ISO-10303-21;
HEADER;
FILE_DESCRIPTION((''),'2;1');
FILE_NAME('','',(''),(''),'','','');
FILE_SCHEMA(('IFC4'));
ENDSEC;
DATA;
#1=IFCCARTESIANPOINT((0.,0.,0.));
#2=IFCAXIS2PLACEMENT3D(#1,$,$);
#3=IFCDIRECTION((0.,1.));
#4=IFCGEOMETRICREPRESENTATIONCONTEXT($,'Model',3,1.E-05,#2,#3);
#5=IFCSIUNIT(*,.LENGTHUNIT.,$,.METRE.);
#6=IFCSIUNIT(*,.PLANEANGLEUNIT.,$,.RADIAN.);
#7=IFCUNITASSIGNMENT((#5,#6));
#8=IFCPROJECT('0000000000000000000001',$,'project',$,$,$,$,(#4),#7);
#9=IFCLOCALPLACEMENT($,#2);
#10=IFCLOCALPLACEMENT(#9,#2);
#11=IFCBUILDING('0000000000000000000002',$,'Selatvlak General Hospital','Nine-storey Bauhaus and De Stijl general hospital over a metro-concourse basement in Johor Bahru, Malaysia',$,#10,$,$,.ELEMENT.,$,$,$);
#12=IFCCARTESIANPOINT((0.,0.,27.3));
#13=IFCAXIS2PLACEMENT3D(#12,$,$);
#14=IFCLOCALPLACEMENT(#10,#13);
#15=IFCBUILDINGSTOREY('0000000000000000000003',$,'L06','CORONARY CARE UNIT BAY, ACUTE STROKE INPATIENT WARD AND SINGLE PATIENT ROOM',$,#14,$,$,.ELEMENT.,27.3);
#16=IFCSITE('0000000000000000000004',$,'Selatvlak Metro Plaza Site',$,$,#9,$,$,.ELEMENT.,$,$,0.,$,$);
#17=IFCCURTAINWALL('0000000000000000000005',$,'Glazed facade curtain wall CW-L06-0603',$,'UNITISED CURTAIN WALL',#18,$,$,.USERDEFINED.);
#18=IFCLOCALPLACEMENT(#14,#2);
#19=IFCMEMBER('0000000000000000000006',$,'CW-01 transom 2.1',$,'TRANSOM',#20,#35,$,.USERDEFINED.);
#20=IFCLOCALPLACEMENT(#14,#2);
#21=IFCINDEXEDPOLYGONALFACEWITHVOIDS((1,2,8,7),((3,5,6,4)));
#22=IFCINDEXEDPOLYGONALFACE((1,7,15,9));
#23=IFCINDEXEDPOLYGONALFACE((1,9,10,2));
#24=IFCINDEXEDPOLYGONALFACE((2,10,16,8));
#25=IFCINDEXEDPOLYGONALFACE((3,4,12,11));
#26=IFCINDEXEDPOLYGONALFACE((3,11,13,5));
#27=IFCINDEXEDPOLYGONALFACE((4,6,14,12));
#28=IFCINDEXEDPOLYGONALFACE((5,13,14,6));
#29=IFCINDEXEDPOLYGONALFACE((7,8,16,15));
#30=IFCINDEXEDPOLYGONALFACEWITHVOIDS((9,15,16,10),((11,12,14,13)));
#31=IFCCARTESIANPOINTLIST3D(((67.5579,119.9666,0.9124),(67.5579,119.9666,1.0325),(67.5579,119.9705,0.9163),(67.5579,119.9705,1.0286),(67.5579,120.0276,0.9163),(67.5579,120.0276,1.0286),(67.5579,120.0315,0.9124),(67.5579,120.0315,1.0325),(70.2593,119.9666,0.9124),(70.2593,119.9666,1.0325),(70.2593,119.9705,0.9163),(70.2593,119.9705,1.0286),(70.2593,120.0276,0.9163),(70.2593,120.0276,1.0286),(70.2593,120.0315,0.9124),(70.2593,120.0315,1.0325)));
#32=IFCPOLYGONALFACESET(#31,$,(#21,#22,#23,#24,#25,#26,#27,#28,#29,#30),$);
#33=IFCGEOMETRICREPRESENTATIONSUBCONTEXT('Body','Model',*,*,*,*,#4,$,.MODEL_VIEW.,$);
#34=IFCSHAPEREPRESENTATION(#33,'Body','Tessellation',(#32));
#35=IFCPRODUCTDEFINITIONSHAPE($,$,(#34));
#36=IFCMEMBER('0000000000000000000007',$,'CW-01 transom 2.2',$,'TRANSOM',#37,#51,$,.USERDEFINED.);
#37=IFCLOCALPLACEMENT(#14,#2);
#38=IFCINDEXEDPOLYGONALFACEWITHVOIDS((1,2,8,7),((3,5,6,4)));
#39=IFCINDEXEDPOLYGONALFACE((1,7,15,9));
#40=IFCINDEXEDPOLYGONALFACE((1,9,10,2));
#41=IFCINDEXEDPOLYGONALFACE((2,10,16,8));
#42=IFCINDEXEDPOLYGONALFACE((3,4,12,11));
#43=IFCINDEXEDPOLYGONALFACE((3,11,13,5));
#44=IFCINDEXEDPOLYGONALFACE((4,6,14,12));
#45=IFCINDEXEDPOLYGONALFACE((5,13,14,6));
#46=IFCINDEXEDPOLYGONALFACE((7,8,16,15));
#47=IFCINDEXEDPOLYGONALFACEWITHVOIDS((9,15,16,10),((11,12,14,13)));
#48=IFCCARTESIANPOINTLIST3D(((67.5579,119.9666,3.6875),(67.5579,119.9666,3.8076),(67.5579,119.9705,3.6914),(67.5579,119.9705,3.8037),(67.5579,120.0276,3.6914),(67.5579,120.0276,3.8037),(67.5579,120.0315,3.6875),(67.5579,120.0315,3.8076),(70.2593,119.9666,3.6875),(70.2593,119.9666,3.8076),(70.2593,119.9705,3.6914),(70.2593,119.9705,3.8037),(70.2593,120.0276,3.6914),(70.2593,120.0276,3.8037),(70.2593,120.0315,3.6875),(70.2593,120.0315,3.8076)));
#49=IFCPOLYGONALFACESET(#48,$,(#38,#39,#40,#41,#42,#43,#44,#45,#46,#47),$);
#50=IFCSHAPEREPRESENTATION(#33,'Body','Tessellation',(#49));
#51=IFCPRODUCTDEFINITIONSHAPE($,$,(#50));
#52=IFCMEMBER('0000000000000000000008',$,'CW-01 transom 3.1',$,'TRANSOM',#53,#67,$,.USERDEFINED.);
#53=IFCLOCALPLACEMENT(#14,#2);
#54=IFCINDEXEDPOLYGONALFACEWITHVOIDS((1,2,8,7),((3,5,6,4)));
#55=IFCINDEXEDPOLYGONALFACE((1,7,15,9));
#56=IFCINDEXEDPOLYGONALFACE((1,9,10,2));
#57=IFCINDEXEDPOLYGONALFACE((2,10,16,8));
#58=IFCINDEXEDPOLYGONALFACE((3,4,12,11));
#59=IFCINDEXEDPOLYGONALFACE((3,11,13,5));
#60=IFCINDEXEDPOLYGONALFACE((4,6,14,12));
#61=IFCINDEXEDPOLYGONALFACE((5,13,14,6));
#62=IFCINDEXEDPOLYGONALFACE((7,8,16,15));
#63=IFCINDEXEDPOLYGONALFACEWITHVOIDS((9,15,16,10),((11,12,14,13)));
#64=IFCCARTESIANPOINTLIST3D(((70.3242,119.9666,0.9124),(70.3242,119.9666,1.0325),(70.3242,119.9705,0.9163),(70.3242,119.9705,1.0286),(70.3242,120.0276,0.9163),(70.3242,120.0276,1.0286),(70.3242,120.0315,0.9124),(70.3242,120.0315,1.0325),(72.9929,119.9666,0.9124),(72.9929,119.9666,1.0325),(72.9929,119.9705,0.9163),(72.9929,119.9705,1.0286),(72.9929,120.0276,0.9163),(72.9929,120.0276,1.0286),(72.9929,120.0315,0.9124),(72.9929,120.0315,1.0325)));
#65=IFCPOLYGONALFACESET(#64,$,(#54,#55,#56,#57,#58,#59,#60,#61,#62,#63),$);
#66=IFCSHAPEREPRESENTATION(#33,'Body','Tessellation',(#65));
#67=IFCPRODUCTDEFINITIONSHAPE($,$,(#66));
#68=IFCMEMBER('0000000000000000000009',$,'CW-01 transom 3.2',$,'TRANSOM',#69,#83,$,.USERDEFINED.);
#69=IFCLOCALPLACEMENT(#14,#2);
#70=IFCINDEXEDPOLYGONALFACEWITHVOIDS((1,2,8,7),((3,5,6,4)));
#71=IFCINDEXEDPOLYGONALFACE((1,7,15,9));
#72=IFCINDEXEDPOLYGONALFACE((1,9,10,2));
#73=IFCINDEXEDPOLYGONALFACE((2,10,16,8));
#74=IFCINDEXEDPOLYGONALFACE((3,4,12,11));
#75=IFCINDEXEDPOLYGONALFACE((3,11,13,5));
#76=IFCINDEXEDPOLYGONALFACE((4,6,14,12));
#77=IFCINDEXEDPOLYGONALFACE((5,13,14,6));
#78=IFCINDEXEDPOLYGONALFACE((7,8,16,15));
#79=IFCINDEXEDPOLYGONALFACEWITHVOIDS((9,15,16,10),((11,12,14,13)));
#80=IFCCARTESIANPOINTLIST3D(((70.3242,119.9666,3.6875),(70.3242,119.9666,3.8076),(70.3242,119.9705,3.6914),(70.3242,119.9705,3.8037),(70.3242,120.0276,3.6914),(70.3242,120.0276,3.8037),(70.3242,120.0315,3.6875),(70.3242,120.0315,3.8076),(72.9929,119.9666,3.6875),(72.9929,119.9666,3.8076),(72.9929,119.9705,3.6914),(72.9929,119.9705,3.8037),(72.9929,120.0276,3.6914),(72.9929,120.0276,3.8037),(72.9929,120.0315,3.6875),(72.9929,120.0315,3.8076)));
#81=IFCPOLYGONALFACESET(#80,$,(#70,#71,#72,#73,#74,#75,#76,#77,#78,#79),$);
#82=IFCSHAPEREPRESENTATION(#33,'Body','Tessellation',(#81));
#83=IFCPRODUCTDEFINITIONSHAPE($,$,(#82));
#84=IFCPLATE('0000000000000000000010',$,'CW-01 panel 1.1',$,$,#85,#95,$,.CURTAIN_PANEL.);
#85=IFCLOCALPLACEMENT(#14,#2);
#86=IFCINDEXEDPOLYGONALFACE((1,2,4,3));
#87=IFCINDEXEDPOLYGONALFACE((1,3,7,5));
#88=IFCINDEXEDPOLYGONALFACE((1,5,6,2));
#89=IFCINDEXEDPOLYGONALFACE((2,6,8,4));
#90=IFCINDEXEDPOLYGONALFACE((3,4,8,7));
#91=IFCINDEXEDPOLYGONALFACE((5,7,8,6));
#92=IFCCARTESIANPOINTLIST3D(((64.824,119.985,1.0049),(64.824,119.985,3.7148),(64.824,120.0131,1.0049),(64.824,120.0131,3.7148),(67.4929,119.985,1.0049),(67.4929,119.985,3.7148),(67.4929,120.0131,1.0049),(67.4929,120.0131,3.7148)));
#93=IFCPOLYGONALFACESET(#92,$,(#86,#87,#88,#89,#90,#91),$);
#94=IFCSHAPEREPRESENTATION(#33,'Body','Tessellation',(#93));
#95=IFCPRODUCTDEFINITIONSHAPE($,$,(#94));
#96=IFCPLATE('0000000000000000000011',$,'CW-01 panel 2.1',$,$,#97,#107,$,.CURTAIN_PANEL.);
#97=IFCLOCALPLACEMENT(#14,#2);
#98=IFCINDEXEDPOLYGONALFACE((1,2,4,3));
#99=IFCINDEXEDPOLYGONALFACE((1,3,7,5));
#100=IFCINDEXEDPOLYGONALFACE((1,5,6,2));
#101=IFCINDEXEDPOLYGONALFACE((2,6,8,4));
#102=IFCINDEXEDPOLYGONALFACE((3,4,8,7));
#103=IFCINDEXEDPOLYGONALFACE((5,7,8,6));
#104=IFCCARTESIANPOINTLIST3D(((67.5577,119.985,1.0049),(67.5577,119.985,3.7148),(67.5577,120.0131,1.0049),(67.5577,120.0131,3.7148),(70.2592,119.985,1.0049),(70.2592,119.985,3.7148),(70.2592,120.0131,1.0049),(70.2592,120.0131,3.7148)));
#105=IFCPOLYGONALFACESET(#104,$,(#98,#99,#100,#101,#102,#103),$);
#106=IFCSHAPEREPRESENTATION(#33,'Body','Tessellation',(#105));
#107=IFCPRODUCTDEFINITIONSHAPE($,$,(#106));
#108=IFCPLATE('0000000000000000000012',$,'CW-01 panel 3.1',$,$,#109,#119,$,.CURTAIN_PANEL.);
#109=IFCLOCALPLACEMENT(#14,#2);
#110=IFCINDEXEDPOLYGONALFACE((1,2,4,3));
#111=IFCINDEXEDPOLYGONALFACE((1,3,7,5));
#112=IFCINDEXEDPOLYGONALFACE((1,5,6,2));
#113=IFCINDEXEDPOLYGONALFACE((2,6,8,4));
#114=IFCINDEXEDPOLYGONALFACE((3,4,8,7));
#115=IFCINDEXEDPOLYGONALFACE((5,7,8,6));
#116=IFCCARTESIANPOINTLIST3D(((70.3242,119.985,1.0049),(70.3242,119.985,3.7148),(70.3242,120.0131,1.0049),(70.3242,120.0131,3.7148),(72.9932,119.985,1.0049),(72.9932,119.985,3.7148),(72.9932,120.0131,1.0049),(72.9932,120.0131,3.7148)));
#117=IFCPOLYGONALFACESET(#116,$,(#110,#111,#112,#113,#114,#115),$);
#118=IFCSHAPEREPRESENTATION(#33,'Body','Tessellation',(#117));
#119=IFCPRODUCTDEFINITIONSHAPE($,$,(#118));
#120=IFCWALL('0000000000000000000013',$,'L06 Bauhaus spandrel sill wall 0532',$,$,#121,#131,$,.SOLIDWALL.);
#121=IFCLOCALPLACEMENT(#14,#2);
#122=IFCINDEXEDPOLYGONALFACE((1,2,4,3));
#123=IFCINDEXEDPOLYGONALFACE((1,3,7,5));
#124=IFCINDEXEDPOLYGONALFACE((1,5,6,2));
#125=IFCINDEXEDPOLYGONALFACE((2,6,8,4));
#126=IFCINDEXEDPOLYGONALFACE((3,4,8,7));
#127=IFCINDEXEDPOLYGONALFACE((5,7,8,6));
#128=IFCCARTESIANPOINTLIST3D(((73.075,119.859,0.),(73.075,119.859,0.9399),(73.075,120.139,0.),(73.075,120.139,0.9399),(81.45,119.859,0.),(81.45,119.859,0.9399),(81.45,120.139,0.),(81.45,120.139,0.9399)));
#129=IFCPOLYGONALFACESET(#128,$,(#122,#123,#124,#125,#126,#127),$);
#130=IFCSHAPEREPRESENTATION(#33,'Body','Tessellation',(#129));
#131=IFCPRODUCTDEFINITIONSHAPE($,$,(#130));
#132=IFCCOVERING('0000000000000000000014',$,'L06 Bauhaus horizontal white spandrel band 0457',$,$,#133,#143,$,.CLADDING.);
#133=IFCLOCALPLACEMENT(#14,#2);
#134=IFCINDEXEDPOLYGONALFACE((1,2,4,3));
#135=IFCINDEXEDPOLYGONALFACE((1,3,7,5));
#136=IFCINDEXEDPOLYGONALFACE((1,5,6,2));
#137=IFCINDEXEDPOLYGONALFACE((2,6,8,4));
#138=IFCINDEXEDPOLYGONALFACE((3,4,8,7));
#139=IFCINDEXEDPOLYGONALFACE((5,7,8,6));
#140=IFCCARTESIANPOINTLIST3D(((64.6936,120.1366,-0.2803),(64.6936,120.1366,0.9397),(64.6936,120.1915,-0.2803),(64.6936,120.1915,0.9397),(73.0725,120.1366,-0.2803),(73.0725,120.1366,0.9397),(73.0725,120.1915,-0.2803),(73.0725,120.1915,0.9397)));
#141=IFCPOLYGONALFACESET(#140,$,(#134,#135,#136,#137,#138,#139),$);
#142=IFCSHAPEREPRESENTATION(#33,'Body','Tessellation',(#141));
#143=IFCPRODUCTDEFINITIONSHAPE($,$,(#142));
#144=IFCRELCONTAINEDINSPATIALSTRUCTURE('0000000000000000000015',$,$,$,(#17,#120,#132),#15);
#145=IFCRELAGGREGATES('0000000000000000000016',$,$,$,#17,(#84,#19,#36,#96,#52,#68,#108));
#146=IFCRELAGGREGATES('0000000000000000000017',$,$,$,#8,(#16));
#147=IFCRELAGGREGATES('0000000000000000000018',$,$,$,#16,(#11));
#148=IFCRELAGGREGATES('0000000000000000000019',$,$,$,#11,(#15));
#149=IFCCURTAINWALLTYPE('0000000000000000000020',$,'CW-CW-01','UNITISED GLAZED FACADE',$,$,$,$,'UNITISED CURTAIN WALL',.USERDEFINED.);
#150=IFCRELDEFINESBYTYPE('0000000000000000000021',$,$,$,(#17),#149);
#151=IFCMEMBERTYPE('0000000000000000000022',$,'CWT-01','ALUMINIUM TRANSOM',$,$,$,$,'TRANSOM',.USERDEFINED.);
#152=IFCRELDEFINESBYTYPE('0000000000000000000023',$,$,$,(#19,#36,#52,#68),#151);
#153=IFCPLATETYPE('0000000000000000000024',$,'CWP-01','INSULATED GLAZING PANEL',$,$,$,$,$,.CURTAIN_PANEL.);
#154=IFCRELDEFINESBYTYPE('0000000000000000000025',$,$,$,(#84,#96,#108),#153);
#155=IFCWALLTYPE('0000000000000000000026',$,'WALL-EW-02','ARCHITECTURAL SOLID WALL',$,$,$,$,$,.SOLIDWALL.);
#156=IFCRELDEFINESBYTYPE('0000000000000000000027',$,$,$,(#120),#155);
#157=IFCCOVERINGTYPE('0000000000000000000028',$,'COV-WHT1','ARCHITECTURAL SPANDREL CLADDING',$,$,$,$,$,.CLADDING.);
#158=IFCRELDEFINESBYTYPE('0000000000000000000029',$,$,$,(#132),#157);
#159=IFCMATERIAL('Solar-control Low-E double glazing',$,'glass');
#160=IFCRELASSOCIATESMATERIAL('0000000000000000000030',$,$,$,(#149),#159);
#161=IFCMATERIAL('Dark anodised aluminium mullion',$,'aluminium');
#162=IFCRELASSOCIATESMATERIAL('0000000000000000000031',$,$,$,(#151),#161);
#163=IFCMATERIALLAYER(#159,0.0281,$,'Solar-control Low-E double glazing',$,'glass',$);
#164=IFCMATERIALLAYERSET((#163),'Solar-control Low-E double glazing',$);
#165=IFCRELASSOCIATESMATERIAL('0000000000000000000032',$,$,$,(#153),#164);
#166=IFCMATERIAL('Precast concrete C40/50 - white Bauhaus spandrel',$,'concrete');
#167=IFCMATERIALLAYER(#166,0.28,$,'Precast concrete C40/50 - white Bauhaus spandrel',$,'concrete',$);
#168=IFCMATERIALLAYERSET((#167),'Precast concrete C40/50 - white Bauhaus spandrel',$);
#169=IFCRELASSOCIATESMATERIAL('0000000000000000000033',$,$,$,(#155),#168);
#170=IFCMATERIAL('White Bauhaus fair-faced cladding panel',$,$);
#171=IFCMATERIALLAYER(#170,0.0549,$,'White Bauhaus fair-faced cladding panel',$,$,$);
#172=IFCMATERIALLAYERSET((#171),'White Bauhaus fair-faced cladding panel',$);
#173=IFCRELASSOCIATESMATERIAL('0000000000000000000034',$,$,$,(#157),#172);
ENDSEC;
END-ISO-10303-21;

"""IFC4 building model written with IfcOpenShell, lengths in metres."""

from ifc_helpers import new_model, si_unit, direction, frame, frame_2d, origin, origin_2d, place, context, subcontext, project, spatial, rectangle, hollow_rectangle, extrude, material, layer, layer_set, material_profile, profile_set, type_object, element, aggregate, save


model = new_model("IFC4")

# Units and contexts
model_context = context("Model", 3, precision=1e-05, world=origin(), true_north=direction((0.0, 1.0)))
body_context = subcontext(model_context, "Body", "Model", "MODEL_VIEW")
ifc_project = project(units=[si_unit("LENGTHUNIT", "METRE"), si_unit("PLANEANGLEUNIT", "RADIAN")], contexts=[model_context])

# Site, building, storey
site_placement = place(None, origin())
site = spatial("IfcSite", under=ifc_project, at=site_placement, Name="Selatvlak Metro Plaza Site", CompositionType="ELEMENT", RefElevation=0.0)
building_placement = place(site_placement, origin())
building = spatial("IfcBuilding", under=site, at=building_placement, Name="Selatvlak General Hospital", Description="Nine-storey Bauhaus and De Stijl general hospital over a metro-concourse basement in Johor Bahru, Malaysia", CompositionType="ELEMENT")
storey_placement = place(building_placement, frame((0.0, 0.0, 27.3)))
storey = spatial("IfcBuildingStorey", under=building, at=storey_placement, Name="L06", Description="CORONARY CARE UNIT BAY, ACUTE STROKE INPATIENT WARD AND SINGLE PATIENT ROOM", CompositionType="ELEMENT", Elevation=27.3)

# Curtain wall
ifc_material_1 = material(Name="Solar-control Low-E double glazing", Category="glass")
curtain_wall_type_1 = type_object("IfcCurtainWallType", Name="CW-CW-01", Description="UNITISED GLAZED FACADE", ElementType="UNITISED CURTAIN WALL", PredefinedType="USERDEFINED", material=ifc_material_1)
curtain_wall_1_placement = place(storey_placement, origin())
curtain_wall_1 = element("IfcCurtainWall", 1, at=curtain_wall_1_placement, inside=storey, type_object=curtain_wall_type_1, Name="Glazed facade curtain wall CW-L06-0603", ObjectType="UNITISED CURTAIN WALL", PredefinedType="USERDEFINED")
ifc_material_2 = material(Name="Dark anodised aluminium mullion", Category="aluminium")

# Members
ifc_material_profile_1 = material_profile(ifc_material_2, hollow_rectangle(XDim=0.0649, YDim=0.1201, WallThickness=0.0039, at=origin_2d()), Name="AL-TRN 65x120x4")
ifc_profile_set_1 = profile_set([ifc_material_profile_1], Name="Dark anodised aluminium mullion")
member_type_1 = type_object("IfcMemberType", Name="CWT-01", Description="ALUMINIUM TRANSOM", ElementType="TRANSOM", PredefinedType="USERDEFINED", material=ifc_profile_set_1)
member_1_placement = place(storey_placement, frame((67.5579, 119.999, 0.9724), z_axis=(1.0, 0.0, 0.0), x_axis=(0.0, 1.0, 0.0)))
member_1 = element("IfcMember", 2, at=member_1_placement, type_object=member_type_1, Name="CW-01 transom 2.1", ObjectType="TRANSOM", PredefinedType="USERDEFINED", context=body_context, shape_type="SweptSolid", body=[
    extrude(hollow_rectangle(XDim=0.0649, YDim=0.1201, WallThickness=0.0039, at=origin_2d()), origin(), (0.0, 0.0, 1.0), 2.7014),
])
member_2_placement = place(storey_placement, frame((67.5579, 119.999, 3.7476), z_axis=(1.0, 0.0, 0.0), x_axis=(0.0, 1.0, 0.0)))
member_2 = element("IfcMember", 3, at=member_2_placement, type_object=member_type_1, Name="CW-01 transom 2.2", ObjectType="TRANSOM", PredefinedType="USERDEFINED", context=body_context, shape_type="SweptSolid", body=[
    extrude(hollow_rectangle(XDim=0.0649, YDim=0.1201, WallThickness=0.0039, at=origin_2d()), origin(), (0.0, 0.0, 1.0), 2.7014),
])
member_3_placement = place(storey_placement, frame((70.3242, 119.999, 0.9724), z_axis=(1.0, 0.0, 0.0), x_axis=(0.0, 1.0, 0.0)))
member_3 = element("IfcMember", 4, at=member_3_placement, type_object=member_type_1, Name="CW-01 transom 3.1", ObjectType="TRANSOM", PredefinedType="USERDEFINED", context=body_context, shape_type="SweptSolid", body=[
    extrude(hollow_rectangle(XDim=0.0649, YDim=0.1201, WallThickness=0.0039, at=origin_2d()), origin(), (0.0, 0.0, 1.0), 2.6687),
])
member_4_placement = place(storey_placement, frame((70.3242, 119.999, 3.7476), z_axis=(1.0, 0.0, 0.0), x_axis=(0.0, 1.0, 0.0)))
member_4 = element("IfcMember", 5, at=member_4_placement, type_object=member_type_1, Name="CW-01 transom 3.2", ObjectType="TRANSOM", PredefinedType="USERDEFINED", context=body_context, shape_type="SweptSolid", body=[
    extrude(hollow_rectangle(XDim=0.0649, YDim=0.1201, WallThickness=0.0039, at=origin_2d()), origin(), (0.0, 0.0, 1.0), 2.6687),
])

# Plates
ifc_layer_1 = layer(ifc_material_1, 0.0281, Name="Solar-control Low-E double glazing", Category="glass")
ifc_layer_set_1 = layer_set([ifc_layer_1], Name="Solar-control Low-E double glazing")
plate_type = type_object("IfcPlateType", Name="CWP-01", Description="INSULATED GLAZING PANEL", PredefinedType="CURTAIN_PANEL", material=ifc_layer_set_1)
plate_1_placement = place(storey_placement, frame((66.1584, 119.999, 1.0049), z_axis=(0.0, 0.0, 1.0), x_axis=(1.0, 0.0, 0.0)))
plate_1 = element("IfcPlate", 6, at=plate_1_placement, type_object=plate_type, Name="CW-01 panel 1.1", PredefinedType="CURTAIN_PANEL", context=body_context, shape_type="SweptSolid", body=[
    extrude(rectangle(XDim=2.6689, YDim=0.0281, at=origin_2d()), origin(), (0.0, 0.0, 1.0), 2.71),
])
plate_2_placement = place(storey_placement, frame((68.9084, 119.999, 1.0049), z_axis=(0.0, 0.0, 1.0), x_axis=(1.0, 0.0, 0.0)))
plate_2 = element("IfcPlate", 7, at=plate_2_placement, type_object=plate_type, Name="CW-01 panel 2.1", PredefinedType="CURTAIN_PANEL", context=body_context, shape_type="SweptSolid", body=[
    extrude(rectangle(XDim=2.7014, YDim=0.0281, at=origin_2d()), origin(), (0.0, 0.0, 1.0), 2.71),
])
plate_3_placement = place(storey_placement, frame((71.6587, 119.999, 1.0049), z_axis=(0.0, 0.0, 1.0), x_axis=(1.0, 0.0, 0.0)))
plate_3 = element("IfcPlate", 8, at=plate_3_placement, type_object=plate_type, Name="CW-01 panel 3.1", PredefinedType="CURTAIN_PANEL", context=body_context, shape_type="SweptSolid", body=[
    extrude(rectangle(XDim=2.6689, YDim=0.0281, at=origin_2d()), origin(), (0.0, 0.0, 1.0), 2.71),
])
aggregate(curtain_wall_1, [plate_1, member_1, member_2, plate_2, member_3, member_4, plate_3])

# Wall
ifc_material_3 = material(Name="Precast concrete C40/50 - white Bauhaus spandrel", Category="concrete")
ifc_layer_2 = layer(ifc_material_3, 0.28, Name="Precast concrete C40/50 - white Bauhaus spandrel", Category="concrete")
ifc_layer_set_2 = layer_set([ifc_layer_2], Name="Precast concrete C40/50 - white Bauhaus spandrel")
wall_type_1 = type_object("IfcWallType", Name="WALL-EW-02", Description="ARCHITECTURAL SOLID WALL", PredefinedType="SOLIDWALL", material=ifc_layer_set_2)
wall_1_placement = place(storey_placement, frame((73.075, 119.999, 0.0), z_axis=(0.0, 0.0, 1.0), x_axis=(1.0, 0.0, 0.0)))
element("IfcWall", 9, at=wall_1_placement, inside=storey, type_object=wall_type_1, Name="L06 Bauhaus spandrel sill wall 0532", PredefinedType="SOLIDWALL", context=body_context, shape_type="SweptSolid", body=[
    extrude(rectangle(XDim=8.375, YDim=0.28, at=frame_2d((4.1875, 0.0))), origin(), (0.0, 0.0, 1.0), 0.9399),
])

# Covering
ifc_material_4 = material(Name="White Bauhaus fair-faced cladding panel")
ifc_layer_3 = layer(ifc_material_4, 0.0549, Name="White Bauhaus fair-faced cladding panel")
ifc_layer_set_3 = layer_set([ifc_layer_3], Name="White Bauhaus fair-faced cladding panel")
covering_type = type_object("IfcCoveringType", Name="COV-WHT1", Description="ARCHITECTURAL SPANDREL CLADDING", PredefinedType="CLADDING", material=ifc_layer_set_3)
covering_placement = place(storey_placement, frame((68.8831, 120.1641, -0.2803), z_axis=(0.0, 0.0, 1.0), x_axis=(1.0, 0.0, 0.0)))
element("IfcCovering", 10, at=covering_placement, inside=storey, type_object=covering_type, Name="L06 Bauhaus horizontal white spandrel band 0457", PredefinedType="CLADDING", context=body_context, shape_type="SweptSolid", body=[
    extrude(rectangle(XDim=8.3789, YDim=0.0549, at=origin_2d()), origin(), (0.0, 0.0, 1.0), 1.22),
])

save(model, "model.ifc")
